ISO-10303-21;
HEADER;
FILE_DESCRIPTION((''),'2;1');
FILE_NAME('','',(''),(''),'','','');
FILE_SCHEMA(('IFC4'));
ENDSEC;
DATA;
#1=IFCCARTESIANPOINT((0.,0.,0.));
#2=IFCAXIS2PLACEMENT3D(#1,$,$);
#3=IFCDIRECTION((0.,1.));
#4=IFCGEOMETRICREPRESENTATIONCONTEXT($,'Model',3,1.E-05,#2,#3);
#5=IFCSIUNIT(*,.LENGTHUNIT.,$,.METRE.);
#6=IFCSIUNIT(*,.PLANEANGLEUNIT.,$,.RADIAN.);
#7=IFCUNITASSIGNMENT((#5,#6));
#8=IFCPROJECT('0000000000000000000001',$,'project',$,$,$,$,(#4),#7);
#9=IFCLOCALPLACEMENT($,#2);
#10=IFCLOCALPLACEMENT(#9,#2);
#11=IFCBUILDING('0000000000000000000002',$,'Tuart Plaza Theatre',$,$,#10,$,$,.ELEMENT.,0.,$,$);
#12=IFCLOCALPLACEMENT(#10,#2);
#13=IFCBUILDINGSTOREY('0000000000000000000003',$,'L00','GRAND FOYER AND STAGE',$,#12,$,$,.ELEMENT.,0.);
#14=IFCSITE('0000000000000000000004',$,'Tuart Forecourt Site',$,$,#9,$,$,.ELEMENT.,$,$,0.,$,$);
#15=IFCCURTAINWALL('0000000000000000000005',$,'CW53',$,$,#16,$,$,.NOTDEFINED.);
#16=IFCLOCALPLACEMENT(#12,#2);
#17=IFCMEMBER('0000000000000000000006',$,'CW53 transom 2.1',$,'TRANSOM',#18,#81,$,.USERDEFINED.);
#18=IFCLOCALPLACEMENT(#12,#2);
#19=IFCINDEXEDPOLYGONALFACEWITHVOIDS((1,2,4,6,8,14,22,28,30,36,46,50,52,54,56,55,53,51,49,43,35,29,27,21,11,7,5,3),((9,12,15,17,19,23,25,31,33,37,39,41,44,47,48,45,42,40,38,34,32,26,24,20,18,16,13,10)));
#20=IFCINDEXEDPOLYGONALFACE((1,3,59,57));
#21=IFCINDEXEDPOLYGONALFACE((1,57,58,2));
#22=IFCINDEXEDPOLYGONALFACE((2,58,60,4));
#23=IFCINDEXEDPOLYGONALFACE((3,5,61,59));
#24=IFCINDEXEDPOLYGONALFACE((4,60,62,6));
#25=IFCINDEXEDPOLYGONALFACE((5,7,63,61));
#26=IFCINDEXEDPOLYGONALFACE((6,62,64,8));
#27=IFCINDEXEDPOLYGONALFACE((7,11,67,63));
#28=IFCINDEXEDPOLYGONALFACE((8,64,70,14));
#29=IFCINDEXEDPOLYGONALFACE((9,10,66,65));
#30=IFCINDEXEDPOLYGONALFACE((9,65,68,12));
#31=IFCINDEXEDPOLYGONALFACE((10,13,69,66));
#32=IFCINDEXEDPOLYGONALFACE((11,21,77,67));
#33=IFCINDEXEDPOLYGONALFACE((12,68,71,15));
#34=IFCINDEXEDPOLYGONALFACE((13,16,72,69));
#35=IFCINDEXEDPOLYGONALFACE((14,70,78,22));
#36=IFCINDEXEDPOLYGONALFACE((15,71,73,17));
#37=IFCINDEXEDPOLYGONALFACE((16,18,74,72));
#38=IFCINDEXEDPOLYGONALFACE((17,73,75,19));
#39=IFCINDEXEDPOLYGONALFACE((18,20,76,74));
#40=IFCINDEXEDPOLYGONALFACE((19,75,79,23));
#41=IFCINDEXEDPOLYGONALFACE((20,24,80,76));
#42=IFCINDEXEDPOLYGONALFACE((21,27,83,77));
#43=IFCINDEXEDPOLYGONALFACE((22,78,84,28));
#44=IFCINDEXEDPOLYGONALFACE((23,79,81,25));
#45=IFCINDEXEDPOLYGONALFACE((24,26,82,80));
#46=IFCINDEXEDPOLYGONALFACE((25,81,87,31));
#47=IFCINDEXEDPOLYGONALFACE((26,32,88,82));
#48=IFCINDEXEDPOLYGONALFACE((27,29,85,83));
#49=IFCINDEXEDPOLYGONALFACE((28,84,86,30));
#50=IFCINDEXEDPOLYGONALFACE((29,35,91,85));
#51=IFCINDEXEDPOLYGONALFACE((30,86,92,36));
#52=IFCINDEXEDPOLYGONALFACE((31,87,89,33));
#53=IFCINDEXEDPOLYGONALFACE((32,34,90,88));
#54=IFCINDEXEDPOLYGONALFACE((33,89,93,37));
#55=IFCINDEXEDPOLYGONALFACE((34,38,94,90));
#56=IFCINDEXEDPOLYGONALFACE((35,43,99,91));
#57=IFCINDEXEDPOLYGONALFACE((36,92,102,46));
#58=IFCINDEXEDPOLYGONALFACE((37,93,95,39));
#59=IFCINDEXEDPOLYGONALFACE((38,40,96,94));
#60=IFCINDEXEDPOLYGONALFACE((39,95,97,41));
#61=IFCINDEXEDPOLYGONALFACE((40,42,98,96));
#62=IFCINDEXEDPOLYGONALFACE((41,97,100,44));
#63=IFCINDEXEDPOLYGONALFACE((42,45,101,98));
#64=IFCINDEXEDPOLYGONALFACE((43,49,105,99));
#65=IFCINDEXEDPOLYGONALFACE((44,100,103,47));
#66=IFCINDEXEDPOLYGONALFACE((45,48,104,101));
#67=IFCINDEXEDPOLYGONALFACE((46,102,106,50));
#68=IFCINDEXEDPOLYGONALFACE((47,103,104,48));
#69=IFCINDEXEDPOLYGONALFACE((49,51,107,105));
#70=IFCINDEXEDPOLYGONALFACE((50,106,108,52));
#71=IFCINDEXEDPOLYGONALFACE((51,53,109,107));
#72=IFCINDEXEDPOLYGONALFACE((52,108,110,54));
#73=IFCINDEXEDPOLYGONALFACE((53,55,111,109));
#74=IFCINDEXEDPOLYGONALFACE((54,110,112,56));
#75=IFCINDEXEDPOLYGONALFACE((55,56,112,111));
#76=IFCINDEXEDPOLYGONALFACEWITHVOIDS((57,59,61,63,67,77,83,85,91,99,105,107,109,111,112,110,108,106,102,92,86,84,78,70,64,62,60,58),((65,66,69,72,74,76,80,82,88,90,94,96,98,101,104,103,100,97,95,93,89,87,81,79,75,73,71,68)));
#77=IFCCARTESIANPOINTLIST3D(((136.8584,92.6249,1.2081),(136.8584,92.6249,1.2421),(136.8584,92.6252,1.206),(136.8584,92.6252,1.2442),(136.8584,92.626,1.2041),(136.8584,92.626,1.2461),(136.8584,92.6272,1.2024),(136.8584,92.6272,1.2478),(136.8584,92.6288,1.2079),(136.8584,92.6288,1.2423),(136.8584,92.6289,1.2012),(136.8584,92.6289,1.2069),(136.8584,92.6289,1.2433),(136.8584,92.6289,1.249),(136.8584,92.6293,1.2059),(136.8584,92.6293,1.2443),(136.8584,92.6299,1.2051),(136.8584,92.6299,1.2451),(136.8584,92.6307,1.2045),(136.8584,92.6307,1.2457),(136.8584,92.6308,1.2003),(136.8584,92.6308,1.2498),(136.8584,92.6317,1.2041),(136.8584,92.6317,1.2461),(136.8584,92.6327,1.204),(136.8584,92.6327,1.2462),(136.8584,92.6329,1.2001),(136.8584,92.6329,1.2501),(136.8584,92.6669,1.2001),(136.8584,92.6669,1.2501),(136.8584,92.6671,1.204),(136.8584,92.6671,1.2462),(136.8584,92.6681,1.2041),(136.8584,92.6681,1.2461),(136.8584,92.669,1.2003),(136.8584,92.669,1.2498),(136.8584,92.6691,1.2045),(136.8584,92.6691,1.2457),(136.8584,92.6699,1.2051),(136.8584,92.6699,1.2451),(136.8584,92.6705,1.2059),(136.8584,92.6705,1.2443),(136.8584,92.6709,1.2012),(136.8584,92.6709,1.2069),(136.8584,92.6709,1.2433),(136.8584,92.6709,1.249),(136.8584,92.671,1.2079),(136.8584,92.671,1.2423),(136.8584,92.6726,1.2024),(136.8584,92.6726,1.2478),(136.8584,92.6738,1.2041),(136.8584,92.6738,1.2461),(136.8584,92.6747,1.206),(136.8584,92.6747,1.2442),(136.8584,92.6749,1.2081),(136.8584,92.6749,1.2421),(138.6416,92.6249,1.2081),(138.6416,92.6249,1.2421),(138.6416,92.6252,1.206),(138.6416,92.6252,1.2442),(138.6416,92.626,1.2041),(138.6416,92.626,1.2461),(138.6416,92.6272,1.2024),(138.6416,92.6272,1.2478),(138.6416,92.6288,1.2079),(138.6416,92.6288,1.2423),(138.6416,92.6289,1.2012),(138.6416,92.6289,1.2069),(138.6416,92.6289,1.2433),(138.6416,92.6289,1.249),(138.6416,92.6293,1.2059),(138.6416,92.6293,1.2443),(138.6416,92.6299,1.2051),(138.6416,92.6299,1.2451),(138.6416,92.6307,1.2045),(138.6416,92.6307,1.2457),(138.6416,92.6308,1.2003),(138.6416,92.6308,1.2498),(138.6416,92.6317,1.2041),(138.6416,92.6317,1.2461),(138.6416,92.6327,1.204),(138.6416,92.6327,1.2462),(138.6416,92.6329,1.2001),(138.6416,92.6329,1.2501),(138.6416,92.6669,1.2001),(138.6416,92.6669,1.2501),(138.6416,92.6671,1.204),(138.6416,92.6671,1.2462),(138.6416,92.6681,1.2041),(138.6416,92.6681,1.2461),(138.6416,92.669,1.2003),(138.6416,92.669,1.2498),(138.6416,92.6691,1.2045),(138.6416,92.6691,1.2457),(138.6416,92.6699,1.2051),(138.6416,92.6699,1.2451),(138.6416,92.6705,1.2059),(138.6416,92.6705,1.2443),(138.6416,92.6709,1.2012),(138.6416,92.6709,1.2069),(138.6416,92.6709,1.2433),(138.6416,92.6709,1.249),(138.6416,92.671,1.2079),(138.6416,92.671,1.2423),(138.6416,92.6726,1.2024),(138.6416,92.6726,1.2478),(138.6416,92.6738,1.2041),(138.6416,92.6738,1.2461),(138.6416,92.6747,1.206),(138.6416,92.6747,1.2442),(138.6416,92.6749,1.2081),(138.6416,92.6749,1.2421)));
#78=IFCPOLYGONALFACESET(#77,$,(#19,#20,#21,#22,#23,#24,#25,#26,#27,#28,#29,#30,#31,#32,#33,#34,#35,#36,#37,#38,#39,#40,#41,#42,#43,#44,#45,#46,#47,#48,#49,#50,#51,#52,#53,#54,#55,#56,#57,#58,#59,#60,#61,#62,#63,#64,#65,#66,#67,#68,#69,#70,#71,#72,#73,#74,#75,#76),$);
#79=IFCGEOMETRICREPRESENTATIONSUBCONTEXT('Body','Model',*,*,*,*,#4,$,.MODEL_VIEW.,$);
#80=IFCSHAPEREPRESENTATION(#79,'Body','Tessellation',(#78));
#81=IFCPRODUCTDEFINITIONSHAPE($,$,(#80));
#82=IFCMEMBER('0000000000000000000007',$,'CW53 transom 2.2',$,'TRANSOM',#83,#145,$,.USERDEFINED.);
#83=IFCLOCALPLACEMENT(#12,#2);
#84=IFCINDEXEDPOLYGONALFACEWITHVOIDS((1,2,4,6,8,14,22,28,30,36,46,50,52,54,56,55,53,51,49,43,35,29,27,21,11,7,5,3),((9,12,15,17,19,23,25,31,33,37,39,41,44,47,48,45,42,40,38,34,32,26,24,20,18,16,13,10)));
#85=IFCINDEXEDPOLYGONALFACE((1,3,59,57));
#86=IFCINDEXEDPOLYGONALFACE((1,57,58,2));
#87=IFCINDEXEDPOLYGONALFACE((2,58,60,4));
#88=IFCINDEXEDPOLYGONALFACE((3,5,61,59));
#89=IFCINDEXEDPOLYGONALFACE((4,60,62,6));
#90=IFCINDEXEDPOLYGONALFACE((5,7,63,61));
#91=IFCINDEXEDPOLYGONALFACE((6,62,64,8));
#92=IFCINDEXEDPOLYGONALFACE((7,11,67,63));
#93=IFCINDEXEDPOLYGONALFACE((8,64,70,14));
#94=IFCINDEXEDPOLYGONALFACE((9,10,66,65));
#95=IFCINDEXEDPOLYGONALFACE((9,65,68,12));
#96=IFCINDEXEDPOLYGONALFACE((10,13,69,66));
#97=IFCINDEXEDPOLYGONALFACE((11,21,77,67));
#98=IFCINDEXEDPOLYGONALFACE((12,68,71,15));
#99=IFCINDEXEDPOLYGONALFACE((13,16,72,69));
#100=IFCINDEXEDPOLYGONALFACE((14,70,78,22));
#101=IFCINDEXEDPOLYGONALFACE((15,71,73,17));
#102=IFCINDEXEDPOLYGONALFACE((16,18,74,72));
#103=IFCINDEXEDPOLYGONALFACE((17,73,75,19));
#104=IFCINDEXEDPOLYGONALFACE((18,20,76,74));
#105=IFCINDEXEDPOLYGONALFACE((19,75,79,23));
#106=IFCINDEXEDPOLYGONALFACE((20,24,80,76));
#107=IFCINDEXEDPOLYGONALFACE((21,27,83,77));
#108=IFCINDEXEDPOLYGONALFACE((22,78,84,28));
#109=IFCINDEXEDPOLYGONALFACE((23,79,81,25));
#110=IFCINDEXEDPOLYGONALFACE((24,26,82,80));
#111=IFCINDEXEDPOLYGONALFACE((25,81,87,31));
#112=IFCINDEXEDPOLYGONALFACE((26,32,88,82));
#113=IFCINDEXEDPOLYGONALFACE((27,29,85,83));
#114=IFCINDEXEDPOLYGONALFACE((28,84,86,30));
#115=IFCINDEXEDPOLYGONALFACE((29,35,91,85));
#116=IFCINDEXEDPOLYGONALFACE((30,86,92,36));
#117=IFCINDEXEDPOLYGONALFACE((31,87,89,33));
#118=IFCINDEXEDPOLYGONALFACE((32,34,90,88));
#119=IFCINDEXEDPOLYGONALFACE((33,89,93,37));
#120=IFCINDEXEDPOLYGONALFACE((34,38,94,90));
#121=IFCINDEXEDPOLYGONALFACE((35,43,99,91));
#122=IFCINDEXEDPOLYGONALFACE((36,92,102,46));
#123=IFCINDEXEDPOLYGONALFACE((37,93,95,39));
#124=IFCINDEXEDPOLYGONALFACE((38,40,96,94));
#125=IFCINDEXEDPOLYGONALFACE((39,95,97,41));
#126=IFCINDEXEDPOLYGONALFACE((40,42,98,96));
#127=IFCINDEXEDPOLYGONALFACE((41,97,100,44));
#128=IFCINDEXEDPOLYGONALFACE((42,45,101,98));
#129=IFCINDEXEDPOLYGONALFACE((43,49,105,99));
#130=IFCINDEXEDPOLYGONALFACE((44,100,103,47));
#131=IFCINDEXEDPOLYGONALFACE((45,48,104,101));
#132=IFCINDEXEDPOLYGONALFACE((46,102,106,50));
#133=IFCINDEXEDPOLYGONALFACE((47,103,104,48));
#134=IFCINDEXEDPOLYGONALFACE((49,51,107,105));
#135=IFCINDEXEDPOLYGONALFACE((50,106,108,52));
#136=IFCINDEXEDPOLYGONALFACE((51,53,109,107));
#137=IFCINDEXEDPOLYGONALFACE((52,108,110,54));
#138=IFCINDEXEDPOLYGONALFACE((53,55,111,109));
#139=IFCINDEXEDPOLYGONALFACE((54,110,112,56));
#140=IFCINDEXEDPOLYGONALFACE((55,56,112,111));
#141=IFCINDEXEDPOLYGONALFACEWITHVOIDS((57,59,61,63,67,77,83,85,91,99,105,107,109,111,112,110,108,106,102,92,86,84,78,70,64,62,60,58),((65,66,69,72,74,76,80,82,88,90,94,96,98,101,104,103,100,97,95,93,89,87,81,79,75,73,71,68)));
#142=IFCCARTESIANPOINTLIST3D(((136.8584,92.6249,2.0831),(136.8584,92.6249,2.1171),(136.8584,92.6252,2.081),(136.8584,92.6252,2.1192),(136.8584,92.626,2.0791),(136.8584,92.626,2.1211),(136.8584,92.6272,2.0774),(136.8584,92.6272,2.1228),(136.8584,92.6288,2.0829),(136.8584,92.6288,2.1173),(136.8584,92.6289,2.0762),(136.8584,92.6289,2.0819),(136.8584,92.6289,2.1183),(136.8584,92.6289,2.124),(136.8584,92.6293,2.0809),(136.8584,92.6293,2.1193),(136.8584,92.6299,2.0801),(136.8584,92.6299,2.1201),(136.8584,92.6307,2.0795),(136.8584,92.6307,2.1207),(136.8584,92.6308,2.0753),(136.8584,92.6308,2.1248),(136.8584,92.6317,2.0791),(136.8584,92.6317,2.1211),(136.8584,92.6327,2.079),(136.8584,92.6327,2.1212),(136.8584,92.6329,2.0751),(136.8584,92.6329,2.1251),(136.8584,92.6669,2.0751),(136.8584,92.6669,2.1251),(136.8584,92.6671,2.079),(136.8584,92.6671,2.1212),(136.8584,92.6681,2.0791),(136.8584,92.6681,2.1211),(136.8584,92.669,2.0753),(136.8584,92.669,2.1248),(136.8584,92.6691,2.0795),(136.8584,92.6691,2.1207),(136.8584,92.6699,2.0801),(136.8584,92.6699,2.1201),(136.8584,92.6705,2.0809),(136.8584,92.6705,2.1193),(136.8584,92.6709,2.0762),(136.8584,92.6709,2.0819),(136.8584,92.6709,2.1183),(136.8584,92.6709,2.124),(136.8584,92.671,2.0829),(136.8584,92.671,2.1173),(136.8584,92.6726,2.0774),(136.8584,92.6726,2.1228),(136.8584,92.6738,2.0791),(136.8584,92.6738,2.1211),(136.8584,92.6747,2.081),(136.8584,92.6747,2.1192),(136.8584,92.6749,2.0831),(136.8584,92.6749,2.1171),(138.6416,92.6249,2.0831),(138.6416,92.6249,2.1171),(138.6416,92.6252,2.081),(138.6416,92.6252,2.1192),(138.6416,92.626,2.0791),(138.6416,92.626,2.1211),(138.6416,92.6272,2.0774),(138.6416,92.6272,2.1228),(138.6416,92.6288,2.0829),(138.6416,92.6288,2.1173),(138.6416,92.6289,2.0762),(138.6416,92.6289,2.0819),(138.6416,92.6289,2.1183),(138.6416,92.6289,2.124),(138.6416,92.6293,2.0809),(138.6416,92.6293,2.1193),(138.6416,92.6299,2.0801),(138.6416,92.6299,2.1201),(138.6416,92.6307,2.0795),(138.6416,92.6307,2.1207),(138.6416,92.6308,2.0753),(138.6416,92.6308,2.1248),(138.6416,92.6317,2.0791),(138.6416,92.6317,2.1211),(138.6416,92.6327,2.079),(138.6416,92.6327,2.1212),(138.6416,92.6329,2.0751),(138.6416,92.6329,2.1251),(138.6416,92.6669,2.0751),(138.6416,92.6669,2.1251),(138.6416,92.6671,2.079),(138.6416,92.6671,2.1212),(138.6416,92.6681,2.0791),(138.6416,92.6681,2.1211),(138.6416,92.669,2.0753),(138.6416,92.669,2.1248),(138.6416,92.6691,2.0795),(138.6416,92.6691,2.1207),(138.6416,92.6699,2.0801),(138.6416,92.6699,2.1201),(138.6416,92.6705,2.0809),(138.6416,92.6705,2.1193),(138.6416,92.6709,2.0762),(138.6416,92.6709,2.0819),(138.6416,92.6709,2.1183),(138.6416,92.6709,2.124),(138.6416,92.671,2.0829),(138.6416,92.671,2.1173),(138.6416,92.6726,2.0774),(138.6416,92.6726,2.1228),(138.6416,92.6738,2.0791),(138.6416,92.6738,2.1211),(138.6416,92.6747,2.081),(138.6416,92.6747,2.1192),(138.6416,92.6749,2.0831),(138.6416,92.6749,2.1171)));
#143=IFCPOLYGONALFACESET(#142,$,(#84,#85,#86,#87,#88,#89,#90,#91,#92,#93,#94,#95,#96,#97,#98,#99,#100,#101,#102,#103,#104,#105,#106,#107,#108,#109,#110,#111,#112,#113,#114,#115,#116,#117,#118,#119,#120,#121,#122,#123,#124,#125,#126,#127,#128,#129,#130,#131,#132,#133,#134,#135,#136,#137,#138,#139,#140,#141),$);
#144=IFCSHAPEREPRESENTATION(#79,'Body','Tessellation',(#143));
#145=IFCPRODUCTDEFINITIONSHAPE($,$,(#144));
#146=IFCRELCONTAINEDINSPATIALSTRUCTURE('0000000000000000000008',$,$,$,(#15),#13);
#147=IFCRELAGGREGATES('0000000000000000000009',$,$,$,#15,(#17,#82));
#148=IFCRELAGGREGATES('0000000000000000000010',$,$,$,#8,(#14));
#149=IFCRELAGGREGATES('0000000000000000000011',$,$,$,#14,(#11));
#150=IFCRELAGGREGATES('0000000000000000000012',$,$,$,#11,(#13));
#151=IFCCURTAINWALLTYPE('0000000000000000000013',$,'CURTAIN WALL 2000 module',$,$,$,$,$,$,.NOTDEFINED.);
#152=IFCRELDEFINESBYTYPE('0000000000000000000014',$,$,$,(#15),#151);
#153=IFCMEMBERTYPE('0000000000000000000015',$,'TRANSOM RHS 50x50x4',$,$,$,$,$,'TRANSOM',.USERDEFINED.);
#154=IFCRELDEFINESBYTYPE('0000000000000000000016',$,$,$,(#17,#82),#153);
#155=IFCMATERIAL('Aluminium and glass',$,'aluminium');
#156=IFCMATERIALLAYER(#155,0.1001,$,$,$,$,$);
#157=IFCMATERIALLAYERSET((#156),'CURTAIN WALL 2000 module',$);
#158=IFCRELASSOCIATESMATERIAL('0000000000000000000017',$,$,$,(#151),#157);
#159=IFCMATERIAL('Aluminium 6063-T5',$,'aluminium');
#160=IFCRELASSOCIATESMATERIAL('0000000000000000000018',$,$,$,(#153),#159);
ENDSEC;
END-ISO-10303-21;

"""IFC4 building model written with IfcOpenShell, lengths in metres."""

from ifc_helpers import new_model, si_unit, direction, frame, origin, origin_2d, place, context, subcontext, project, spatial, hollow_rectangle, extrude, material, layer, layer_set, material_profile, profile_set, type_object, element, aggregate, save


model = new_model("IFC4")

# Units and contexts
model_context = context("Model", 3, precision=1e-05, world=origin(), true_north=direction((0.0, 1.0)))
body_context = subcontext(model_context, "Body", "Model", "MODEL_VIEW")
ifc_project = project(units=[si_unit("LENGTHUNIT", "METRE"), si_unit("PLANEANGLEUNIT", "RADIAN")], contexts=[model_context])

# Site, building, storey
site_placement = place(None, origin())
site = spatial("IfcSite", under=ifc_project, at=site_placement, Name="Tuart Forecourt Site", CompositionType="ELEMENT", RefElevation=0.0)
building_placement = place(site_placement, origin())
building = spatial("IfcBuilding", under=site, at=building_placement, Name="Tuart Plaza Theatre", CompositionType="ELEMENT", ElevationOfRefHeight=0.0)
storey_placement = place(building_placement, origin())
storey = spatial("IfcBuildingStorey", under=building, at=storey_placement, Name="L00", Description="GRAND FOYER AND STAGE", CompositionType="ELEMENT", Elevation=0.0)

# Curtain wall, members
ifc_material_1 = material(Name="Aluminium and glass", Category="aluminium")
ifc_layer_1 = layer(ifc_material_1, 0.1001)
ifc_layer_set_1 = layer_set([ifc_layer_1], Name="CURTAIN WALL 2000 module")
curtain_wall_type = type_object("IfcCurtainWallType", Name="CURTAIN WALL 2000 module", PredefinedType="NOTDEFINED", material=ifc_layer_set_1)
curtain_wall_placement = place(storey_placement, origin())
curtain_wall = element("IfcCurtainWall", 1, at=curtain_wall_placement, inside=storey, type_object=curtain_wall_type, Name="CW53", PredefinedType="NOTDEFINED")
ifc_material_2 = material(Name="Aluminium 6063-T5", Category="aluminium")
ifc_material_profile_1 = material_profile(ifc_material_2, hollow_rectangle(XDim=0.05, YDim=0.05, WallThickness=0.0039, InnerFilletRadius=0.0039, OuterFilletRadius=0.0081, at=origin_2d()), Name="RHS 50x50x4")
ifc_profile_set_1 = profile_set([ifc_material_profile_1], Name="Aluminium 6063-T5")
member_type_1 = type_object("IfcMemberType", Name="TRANSOM RHS 50x50x4", ElementType="TRANSOM", PredefinedType="USERDEFINED", material=ifc_profile_set_1)
member_1_placement = place(storey_placement, frame((138.6416, 92.6499, 1.2251), z_axis=(-1.0, 0.0, 0.0), x_axis=(0.0, -1.0, 0.0)))
member_1 = element("IfcMember", 2, at=member_1_placement, type_object=member_type_1, Name="CW53 transom 2.1", ObjectType="TRANSOM", PredefinedType="USERDEFINED", context=body_context, shape_type="SweptSolid", body=[
    extrude(hollow_rectangle(XDim=0.05, YDim=0.05, WallThickness=0.0039, InnerFilletRadius=0.0039, OuterFilletRadius=0.0081, at=origin_2d()), origin(), (0.0, 0.0, 1.0), 1.7832),
])
member_2_placement = place(storey_placement, frame((138.6416, 92.6499, 2.1001), z_axis=(-1.0, 0.0, 0.0), x_axis=(0.0, -1.0, 0.0)))
member_2 = element("IfcMember", 3, at=member_2_placement, type_object=member_type_1, Name="CW53 transom 2.2", ObjectType="TRANSOM", PredefinedType="USERDEFINED", context=body_context, shape_type="SweptSolid", body=[
    extrude(hollow_rectangle(XDim=0.05, YDim=0.05, WallThickness=0.0039, InnerFilletRadius=0.0039, OuterFilletRadius=0.0081, at=origin_2d()), origin(), (0.0, 0.0, 1.0), 1.7832),
])
aggregate(curtain_wall, [member_1, member_2])

save(model, "model.ifc")
